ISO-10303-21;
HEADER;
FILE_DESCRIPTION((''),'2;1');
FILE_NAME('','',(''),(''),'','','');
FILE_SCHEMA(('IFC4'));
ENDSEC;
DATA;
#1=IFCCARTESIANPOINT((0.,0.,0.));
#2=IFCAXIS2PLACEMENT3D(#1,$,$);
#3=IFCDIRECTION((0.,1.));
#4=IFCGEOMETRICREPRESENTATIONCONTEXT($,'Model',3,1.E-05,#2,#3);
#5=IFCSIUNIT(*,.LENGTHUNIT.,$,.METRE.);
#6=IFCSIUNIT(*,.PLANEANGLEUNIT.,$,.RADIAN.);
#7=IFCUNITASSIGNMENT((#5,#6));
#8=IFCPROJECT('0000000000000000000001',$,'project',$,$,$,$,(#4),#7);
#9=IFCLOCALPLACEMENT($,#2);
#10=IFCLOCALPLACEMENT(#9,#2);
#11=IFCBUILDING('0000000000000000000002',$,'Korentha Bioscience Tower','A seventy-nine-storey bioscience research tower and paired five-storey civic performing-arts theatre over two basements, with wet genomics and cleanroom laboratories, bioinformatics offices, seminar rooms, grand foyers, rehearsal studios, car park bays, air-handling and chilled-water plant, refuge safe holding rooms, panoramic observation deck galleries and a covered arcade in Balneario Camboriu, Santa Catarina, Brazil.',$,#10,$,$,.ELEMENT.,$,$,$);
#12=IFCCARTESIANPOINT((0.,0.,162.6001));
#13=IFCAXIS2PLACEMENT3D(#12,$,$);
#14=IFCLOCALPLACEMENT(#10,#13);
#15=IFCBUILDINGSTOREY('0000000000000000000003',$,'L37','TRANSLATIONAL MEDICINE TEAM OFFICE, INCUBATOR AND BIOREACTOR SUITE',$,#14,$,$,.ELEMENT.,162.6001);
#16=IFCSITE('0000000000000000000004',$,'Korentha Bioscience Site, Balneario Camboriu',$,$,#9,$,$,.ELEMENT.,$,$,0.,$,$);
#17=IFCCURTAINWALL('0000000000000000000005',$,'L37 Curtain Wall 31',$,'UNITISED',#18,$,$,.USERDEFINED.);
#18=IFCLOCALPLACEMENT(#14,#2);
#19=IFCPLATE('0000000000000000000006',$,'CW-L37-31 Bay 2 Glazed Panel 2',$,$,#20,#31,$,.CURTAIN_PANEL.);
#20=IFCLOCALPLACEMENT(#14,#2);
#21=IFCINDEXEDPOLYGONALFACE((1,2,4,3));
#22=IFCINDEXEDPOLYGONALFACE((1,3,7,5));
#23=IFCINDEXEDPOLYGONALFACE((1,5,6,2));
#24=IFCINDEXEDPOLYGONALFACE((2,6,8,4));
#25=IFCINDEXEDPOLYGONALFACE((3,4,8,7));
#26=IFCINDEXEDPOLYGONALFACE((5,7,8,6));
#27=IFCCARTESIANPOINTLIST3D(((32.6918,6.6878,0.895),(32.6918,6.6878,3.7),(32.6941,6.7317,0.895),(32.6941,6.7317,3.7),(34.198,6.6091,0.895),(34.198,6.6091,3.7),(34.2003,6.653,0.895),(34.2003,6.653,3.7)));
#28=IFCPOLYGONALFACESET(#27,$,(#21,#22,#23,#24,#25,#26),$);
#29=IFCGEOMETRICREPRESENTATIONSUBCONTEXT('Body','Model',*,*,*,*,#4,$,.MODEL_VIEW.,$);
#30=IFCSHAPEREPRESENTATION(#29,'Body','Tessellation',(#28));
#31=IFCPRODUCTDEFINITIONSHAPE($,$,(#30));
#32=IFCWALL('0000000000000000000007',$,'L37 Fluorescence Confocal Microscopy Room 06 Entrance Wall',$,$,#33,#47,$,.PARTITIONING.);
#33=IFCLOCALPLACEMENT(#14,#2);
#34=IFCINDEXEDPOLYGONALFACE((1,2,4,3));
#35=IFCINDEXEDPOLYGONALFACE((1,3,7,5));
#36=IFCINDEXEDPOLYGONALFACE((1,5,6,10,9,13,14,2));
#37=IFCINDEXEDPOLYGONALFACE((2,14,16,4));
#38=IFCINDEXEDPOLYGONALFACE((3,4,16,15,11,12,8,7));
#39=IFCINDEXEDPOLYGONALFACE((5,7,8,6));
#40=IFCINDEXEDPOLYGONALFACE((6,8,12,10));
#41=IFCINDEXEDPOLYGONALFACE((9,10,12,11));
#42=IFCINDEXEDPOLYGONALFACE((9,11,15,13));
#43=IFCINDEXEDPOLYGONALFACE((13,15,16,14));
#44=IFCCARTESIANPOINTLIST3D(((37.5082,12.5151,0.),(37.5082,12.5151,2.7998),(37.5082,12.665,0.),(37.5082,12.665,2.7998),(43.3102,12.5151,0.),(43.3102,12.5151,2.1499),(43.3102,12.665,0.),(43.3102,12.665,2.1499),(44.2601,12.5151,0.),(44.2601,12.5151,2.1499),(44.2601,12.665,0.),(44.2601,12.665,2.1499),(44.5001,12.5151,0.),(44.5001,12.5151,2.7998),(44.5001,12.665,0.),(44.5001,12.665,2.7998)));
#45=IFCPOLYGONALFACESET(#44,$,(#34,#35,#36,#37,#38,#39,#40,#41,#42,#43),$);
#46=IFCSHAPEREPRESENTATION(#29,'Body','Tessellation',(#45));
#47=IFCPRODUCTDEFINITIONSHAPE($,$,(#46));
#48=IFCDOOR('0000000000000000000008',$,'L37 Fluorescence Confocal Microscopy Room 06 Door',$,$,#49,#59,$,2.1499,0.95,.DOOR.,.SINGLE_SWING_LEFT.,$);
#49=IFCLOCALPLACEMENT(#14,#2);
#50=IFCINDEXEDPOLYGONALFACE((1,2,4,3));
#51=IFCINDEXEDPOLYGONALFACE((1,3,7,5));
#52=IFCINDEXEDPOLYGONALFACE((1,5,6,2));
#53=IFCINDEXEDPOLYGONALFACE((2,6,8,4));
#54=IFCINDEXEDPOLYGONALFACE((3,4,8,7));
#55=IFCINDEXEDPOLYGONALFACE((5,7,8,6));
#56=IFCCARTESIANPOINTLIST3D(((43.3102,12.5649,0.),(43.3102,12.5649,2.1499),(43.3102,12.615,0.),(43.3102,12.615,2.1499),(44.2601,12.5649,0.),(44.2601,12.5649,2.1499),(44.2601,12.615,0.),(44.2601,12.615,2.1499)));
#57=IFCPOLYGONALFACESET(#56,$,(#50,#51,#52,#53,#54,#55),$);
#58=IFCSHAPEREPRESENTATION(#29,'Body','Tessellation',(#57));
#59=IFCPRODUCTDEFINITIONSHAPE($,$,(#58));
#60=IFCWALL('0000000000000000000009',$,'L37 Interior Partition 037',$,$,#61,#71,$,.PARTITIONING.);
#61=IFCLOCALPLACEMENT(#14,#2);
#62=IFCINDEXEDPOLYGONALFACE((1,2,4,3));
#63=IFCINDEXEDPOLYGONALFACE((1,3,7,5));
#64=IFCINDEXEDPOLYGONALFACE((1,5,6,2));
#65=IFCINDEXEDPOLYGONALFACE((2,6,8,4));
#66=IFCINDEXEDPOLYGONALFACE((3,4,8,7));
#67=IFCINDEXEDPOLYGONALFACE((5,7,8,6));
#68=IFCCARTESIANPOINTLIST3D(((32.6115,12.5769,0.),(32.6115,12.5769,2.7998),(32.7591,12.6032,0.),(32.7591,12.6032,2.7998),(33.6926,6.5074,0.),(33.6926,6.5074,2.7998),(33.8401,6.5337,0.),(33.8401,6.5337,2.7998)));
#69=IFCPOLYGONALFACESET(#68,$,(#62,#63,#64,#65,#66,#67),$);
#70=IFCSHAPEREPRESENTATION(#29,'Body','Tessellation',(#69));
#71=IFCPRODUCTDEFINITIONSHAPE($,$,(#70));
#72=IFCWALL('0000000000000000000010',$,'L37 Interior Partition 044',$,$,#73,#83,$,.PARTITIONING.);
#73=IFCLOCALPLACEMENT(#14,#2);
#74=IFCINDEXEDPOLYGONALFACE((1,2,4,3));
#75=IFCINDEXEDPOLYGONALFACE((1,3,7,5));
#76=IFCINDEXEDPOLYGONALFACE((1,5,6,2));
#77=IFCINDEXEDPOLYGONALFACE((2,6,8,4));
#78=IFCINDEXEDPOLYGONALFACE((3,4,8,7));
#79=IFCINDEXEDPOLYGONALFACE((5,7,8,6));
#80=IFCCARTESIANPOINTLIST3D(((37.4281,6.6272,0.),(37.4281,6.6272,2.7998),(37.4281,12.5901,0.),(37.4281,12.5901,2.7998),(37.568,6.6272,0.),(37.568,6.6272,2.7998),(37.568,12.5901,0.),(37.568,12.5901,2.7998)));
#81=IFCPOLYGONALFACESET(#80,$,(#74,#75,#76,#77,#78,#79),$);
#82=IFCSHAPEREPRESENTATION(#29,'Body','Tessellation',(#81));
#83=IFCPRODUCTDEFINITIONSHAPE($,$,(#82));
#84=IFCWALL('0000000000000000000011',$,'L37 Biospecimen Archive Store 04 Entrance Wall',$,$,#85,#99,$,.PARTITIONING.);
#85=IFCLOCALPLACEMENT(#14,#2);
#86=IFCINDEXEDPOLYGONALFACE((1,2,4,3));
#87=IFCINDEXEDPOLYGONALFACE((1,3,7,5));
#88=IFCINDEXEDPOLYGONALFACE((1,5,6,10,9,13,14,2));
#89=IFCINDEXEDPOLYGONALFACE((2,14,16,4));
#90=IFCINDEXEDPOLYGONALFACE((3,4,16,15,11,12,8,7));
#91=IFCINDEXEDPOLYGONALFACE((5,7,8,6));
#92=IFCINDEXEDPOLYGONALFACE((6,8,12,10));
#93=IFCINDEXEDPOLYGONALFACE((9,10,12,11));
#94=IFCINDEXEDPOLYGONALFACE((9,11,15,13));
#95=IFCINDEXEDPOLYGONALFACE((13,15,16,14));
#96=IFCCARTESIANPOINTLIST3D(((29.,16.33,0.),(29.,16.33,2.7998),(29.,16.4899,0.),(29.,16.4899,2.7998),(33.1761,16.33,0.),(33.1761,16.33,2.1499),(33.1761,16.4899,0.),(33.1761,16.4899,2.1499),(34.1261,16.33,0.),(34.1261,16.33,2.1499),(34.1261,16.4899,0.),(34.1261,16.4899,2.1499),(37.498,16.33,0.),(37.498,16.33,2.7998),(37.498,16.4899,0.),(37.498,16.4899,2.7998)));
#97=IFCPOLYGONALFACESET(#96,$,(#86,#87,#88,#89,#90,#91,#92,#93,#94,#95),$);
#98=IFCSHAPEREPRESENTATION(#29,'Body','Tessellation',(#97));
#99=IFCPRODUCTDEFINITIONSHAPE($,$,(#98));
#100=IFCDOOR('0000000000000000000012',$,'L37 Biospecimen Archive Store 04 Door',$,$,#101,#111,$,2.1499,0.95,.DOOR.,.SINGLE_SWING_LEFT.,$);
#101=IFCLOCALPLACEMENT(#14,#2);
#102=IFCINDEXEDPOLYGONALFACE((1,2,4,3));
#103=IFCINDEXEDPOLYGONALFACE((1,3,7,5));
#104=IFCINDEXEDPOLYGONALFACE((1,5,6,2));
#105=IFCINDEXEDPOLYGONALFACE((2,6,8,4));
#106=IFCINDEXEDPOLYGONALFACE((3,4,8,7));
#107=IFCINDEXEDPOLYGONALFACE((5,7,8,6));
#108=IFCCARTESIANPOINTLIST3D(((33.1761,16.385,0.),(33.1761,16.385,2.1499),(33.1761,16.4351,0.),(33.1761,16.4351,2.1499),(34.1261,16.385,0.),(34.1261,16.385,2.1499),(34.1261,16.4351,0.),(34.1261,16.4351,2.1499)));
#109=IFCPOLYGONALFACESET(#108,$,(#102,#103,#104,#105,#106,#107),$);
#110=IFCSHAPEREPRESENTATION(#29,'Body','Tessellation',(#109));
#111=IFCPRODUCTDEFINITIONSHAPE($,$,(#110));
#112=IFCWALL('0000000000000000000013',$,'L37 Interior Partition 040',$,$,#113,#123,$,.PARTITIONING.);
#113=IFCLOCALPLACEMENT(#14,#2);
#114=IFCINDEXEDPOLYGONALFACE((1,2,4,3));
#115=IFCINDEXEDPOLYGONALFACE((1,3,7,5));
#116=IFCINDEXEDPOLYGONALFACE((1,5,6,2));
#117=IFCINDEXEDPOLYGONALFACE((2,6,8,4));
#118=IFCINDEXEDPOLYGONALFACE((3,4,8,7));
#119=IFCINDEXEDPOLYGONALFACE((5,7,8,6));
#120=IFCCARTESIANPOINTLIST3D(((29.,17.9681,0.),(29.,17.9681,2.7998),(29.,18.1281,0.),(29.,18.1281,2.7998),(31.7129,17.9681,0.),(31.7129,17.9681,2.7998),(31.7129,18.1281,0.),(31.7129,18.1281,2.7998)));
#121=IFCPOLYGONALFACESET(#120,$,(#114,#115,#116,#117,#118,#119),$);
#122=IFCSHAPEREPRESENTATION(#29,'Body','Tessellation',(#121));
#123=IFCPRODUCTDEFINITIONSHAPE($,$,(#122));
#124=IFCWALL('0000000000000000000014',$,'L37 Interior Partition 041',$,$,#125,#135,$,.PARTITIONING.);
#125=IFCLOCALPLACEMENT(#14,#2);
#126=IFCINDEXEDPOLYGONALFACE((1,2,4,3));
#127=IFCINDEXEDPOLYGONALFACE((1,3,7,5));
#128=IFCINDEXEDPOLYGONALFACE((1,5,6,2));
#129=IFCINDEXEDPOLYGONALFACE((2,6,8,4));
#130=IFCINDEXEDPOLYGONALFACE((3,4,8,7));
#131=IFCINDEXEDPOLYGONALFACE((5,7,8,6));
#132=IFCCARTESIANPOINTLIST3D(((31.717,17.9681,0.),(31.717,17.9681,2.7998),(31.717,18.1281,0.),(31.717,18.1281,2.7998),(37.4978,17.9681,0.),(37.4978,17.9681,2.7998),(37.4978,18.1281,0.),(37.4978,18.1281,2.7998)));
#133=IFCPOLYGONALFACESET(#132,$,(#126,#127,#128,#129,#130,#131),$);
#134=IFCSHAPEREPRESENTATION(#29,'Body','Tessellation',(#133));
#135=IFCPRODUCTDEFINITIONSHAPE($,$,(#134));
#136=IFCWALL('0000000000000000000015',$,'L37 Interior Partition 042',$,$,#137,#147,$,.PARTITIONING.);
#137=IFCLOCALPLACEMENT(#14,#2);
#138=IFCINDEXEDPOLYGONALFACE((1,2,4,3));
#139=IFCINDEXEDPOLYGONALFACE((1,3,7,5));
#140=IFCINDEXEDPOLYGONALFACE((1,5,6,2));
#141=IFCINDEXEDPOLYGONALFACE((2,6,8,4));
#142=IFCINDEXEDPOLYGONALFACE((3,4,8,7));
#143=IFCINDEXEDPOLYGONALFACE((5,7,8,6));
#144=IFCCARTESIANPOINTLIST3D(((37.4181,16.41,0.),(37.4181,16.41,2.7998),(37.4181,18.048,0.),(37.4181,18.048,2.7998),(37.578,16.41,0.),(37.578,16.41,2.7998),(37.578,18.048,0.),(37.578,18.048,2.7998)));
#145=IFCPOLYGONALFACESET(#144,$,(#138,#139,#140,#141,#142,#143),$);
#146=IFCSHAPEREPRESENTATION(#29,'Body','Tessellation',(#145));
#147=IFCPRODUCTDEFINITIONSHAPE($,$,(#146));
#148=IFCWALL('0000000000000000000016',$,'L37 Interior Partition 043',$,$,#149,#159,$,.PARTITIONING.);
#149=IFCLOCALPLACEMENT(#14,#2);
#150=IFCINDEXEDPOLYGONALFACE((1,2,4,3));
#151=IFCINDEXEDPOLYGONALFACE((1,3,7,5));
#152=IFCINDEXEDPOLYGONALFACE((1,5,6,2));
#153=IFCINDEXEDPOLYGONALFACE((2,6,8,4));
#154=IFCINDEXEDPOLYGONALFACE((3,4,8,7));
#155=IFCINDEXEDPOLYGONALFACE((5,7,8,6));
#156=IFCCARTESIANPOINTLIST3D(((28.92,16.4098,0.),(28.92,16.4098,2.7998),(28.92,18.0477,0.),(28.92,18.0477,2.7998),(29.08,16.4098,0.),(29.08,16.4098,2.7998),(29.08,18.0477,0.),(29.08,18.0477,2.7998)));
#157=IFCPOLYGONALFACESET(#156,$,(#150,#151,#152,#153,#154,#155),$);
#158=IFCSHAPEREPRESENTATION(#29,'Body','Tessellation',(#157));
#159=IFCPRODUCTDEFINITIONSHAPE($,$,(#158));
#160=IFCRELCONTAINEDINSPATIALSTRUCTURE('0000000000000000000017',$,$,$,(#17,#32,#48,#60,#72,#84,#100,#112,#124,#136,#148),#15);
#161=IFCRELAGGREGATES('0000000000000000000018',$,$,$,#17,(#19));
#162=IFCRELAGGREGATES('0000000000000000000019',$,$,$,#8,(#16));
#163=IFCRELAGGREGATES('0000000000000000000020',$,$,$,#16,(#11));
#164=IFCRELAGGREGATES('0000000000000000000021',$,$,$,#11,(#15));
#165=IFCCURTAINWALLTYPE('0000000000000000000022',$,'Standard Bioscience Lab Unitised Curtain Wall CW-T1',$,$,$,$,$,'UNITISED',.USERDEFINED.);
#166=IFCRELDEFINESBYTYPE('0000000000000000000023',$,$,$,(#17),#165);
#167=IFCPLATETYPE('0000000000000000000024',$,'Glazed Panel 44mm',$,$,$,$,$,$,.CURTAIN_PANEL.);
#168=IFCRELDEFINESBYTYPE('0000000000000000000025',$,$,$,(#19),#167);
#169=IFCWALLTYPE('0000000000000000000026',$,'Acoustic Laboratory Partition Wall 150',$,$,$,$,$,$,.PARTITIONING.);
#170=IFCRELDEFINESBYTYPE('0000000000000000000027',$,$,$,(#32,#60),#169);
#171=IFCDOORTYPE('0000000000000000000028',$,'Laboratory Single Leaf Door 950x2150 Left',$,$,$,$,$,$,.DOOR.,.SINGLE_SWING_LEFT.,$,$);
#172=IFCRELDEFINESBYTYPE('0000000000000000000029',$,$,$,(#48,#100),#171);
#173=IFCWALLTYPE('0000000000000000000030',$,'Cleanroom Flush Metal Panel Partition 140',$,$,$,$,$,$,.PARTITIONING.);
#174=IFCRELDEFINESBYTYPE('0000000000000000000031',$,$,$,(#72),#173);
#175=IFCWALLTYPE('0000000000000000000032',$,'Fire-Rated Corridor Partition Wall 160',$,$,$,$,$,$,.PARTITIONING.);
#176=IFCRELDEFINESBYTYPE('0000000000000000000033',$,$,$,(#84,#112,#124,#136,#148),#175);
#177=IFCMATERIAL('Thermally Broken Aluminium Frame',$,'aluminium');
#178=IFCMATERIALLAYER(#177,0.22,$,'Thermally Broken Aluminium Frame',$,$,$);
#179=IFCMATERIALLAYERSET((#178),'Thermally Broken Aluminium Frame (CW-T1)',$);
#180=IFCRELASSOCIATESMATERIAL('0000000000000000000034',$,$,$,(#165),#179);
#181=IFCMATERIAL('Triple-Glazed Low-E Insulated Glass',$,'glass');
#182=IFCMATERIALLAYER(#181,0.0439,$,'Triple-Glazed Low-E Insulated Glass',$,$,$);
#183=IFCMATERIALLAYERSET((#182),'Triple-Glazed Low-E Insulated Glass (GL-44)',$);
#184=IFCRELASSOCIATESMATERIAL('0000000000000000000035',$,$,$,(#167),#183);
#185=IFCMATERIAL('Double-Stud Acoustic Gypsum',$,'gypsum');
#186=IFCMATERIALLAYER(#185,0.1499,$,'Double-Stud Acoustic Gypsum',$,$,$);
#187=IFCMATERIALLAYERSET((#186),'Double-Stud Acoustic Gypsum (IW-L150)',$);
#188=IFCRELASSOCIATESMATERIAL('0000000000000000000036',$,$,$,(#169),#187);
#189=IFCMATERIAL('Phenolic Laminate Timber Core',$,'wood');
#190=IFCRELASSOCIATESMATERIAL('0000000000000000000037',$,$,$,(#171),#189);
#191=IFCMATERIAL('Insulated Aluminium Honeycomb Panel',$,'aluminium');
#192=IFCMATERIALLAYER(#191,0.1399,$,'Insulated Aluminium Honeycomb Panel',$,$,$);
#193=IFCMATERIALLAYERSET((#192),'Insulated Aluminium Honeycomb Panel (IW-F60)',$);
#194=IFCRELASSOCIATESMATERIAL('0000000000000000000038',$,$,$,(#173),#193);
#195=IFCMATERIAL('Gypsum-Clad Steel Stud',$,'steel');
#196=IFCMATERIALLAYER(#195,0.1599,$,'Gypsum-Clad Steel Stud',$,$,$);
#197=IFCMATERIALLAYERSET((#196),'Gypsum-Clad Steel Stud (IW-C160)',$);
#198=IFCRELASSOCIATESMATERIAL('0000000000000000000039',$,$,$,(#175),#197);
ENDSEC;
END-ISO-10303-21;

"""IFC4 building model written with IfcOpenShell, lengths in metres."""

from ifc_helpers import new_model, si_unit, direction, frame, frame_2d, origin, origin_2d, place, context, subcontext, project, spatial, rectangle, extrude, material, layer, layer_set, type_object, element, fill, aggregate, save


model = new_model("IFC4")

# Units and contexts
model_context = context("Model", 3, precision=1e-05, world=origin(), true_north=direction((0.0, 1.0)))
body_context = subcontext(model_context, "Body", "Model", "MODEL_VIEW")
ifc_project = project(units=[si_unit("LENGTHUNIT", "METRE"), si_unit("PLANEANGLEUNIT", "RADIAN")], contexts=[model_context])

# Site, building, storey
site_placement = place(None, origin())
site = spatial("IfcSite", under=ifc_project, at=site_placement, Name="Korentha Bioscience Site, Balneario Camboriu", CompositionType="ELEMENT", RefElevation=0.0)
building_placement = place(site_placement, origin())
building = spatial("IfcBuilding", under=site, at=building_placement, Name="Korentha Bioscience Tower", Description="A seventy-nine-storey bioscience research tower and paired five-storey civic performing-arts theatre over two basements, with wet genomics and cleanroom laboratories, bioinformatics offices, seminar rooms, grand foyers, rehearsal studios, car park bays, air-handling and chilled-water plant, refuge safe holding rooms, panoramic observation deck galleries and a covered arcade in Balneario Camboriu, Santa Catarina, Brazil.", CompositionType="ELEMENT")
storey_placement = place(building_placement, frame((0.0, 0.0, 162.6001)))
storey = spatial("IfcBuildingStorey", under=building, at=storey_placement, Name="L37", Description="TRANSLATIONAL MEDICINE TEAM OFFICE, INCUBATOR AND BIOREACTOR SUITE", CompositionType="ELEMENT", Elevation=162.6001)

# Curtain wall
ifc_material_1 = material(Name="Thermally Broken Aluminium Frame", Category="aluminium")
ifc_layer_1 = layer(ifc_material_1, 0.22, Name="Thermally Broken Aluminium Frame")
ifc_layer_set_1 = layer_set([ifc_layer_1], Name="Thermally Broken Aluminium Frame (CW-T1)")
curtain_wall_type = type_object("IfcCurtainWallType", Name="Standard Bioscience Lab Unitised Curtain Wall CW-T1", ElementType="UNITISED", PredefinedType="USERDEFINED", material=ifc_layer_set_1)
curtain_wall_placement = place(storey_placement, origin())
curtain_wall = element("IfcCurtainWall", 1, at=curtain_wall_placement, inside=storey, type_object=curtain_wall_type, Name="L37 Curtain Wall 31", ObjectType="UNITISED", PredefinedType="USERDEFINED")

# Plate
ifc_material_2 = material(Name="Triple-Glazed Low-E Insulated Glass", Category="glass")
ifc_layer_2 = layer(ifc_material_2, 0.0439, Name="Triple-Glazed Low-E Insulated Glass")
ifc_layer_set_2 = layer_set([ifc_layer_2], Name="Triple-Glazed Low-E Insulated Glass (GL-44)")
plate_type = type_object("IfcPlateType", Name="Glazed Panel 44mm", PredefinedType="CURTAIN_PANEL", material=ifc_layer_set_2)
plate_1_placement = place(storey_placement, frame((33.446, 6.6704, 0.895), z_axis=(0.0, 0.0, 1.0), x_axis=(0.998638, -0.05218, 0.0)))
plate_1 = element("IfcPlate", 2, at=plate_1_placement, type_object=plate_type, Name="CW-L37-31 Bay 2 Glazed Panel 2", PredefinedType="CURTAIN_PANEL", context=body_context, shape_type="SweptSolid", body=[
    extrude(rectangle(XDim=1.5083, YDim=0.0439, at=origin_2d()), origin(), (0.0, 0.0, 1.0), 2.8049),
])
aggregate(curtain_wall, [plate_1])

# Wall, opening, door
ifc_material_3 = material(Name="Double-Stud Acoustic Gypsum", Category="gypsum")
ifc_layer_3 = layer(ifc_material_3, 0.1499, Name="Double-Stud Acoustic Gypsum")
ifc_layer_set_3 = layer_set([ifc_layer_3], Name="Double-Stud Acoustic Gypsum (IW-L150)")
wall_type_1 = type_object("IfcWallType", Name="Acoustic Laboratory Partition Wall 150", PredefinedType="PARTITIONING", material=ifc_layer_set_3)
wall_1_placement = place(storey_placement, frame((37.5081, 12.5901, 0.0), z_axis=(0.0, 0.0, 1.0), x_axis=(1.0, 0.0, 0.0)))
wall_1 = element("IfcWall", 3, at=wall_1_placement, inside=storey, type_object=wall_type_1, Name="L37 Fluorescence Confocal Microscopy Room 06 Entrance Wall", PredefinedType="PARTITIONING", context=body_context, shape_type="SweptSolid", body=[
    extrude(rectangle(XDim=6.9919, YDim=0.1499, at=frame_2d((3.4961, 0.0))), origin(), (0.0, 0.0, 1.0), 2.7998),
])
opening_1_placement = place(wall_1_placement, frame((5.802, 0.0, 0.0)))
opening_1 = element("IfcOpeningElement", 4, at=opening_1_placement, cuts=wall_1, PredefinedType="OPENING", context=body_context, shape_type="SweptSolid", body=[
    extrude(rectangle(XDim=0.95, YDim=2.1499, at=frame_2d((0.4751, 1.075))), frame((0.0, 0.0898, 0.0), z_axis=(0.0, -1.0, 0.0), x_axis=(1.0, 0.0, 0.0)), (0.0, 0.0, 1.0), 0.1797),
])
ifc_material_4 = material(Name="Phenolic Laminate Timber Core", Category="wood")
door_type_1 = type_object("IfcDoorType", Name="Laboratory Single Leaf Door 950x2150 Left", OperationType="SINGLE_SWING_LEFT", PredefinedType="DOOR", material=ifc_material_4)
door_1_placement = place(opening_1_placement, origin())
door_1 = element("IfcDoor", 5, at=door_1_placement, inside=storey, type_object=door_type_1, Name="L37 Fluorescence Confocal Microscopy Room 06 Door", OperationType="SINGLE_SWING_LEFT", OverallHeight=2.1499, OverallWidth=0.95, PredefinedType="DOOR", context=body_context, shape_type="SweptSolid", body=[
    extrude(rectangle(XDim=0.95, YDim=2.1499, at=frame_2d((0.4751, 1.075))), frame((0.0, 0.0249, 0.0), z_axis=(0.0, -1.0, 0.0), x_axis=(1.0, 0.0, 0.0)), (0.0, 0.0, 1.0), 0.05),
])
fill(opening_1, door_1)

# Wall
wall_2_placement = place(storey_placement, frame((32.6853, 12.5901, 0.0), z_axis=(0.0, 0.0, 1.0), x_axis=(0.175351, -0.984506, 0.0)))
element("IfcWall", 6, at=wall_2_placement, inside=storey, type_object=wall_type_1, Name="L37 Interior Partition 037", PredefinedType="PARTITIONING", context=body_context, shape_type="SweptSolid", body=[
    extrude(rectangle(XDim=6.165, YDim=0.1499, at=frame_2d((3.0825, 0.0))), origin(), (0.0, 0.0, 1.0), 2.7998),
])

# Shared definitions
ifc_material_5 = material(Name="Insulated Aluminium Honeycomb Panel", Category="aluminium")
ifc_layer_4 = layer(ifc_material_5, 0.1399, Name="Insulated Aluminium Honeycomb Panel")
ifc_layer_set_4 = layer_set([ifc_layer_4], Name="Insulated Aluminium Honeycomb Panel (IW-F60)")
wall_type_2 = type_object("IfcWallType", Name="Cleanroom Flush Metal Panel Partition 140", PredefinedType="PARTITIONING", material=ifc_layer_set_4)

# Wall
wall_3_placement = place(storey_placement, frame((37.498, 12.5901, 0.0), z_axis=(0.0, 0.0, 1.0), x_axis=(0.0, -1.0, 0.0)))
element("IfcWall", 7, at=wall_3_placement, inside=storey, type_object=wall_type_2, Name="L37 Interior Partition 044", PredefinedType="PARTITIONING", context=body_context, shape_type="SweptSolid", body=[
    extrude(rectangle(XDim=5.9629, YDim=0.1399, at=frame_2d((2.9814, 0.0))), origin(), (0.0, 0.0, 1.0), 2.7998),
])

# Wall, opening, door
ifc_material_6 = material(Name="Gypsum-Clad Steel Stud", Category="steel")
ifc_layer_5 = layer(ifc_material_6, 0.1599, Name="Gypsum-Clad Steel Stud")
ifc_layer_set_5 = layer_set([ifc_layer_5], Name="Gypsum-Clad Steel Stud (IW-C160)")
wall_type_3 = type_object("IfcWallType", Name="Fire-Rated Corridor Partition Wall 160", PredefinedType="PARTITIONING", material=ifc_layer_set_5)
wall_4_placement = place(storey_placement, frame((37.498, 16.4099, 0.0), z_axis=(0.0, 0.0, 1.0), x_axis=(-1.0, 0.0, 0.0)))
wall_4 = element("IfcWall", 8, at=wall_4_placement, inside=storey, type_object=wall_type_3, Name="L37 Biospecimen Archive Store 04 Entrance Wall", PredefinedType="PARTITIONING", context=body_context, shape_type="SweptSolid", body=[
    extrude(rectangle(XDim=8.498, YDim=0.1599, at=frame_2d((4.249, 0.0))), origin(), (0.0, 0.0, 1.0), 2.7998),
])
opening_2_placement = place(wall_4_placement, frame((3.3718, 0.0, 0.0)))
opening_2 = element("IfcOpeningElement", 9, at=opening_2_placement, cuts=wall_4, PredefinedType="OPENING", context=body_context, shape_type="SweptSolid", body=[
    extrude(rectangle(XDim=0.95, YDim=2.1499, at=frame_2d((0.4751, 1.075))), frame((0.0, 0.0947, 0.0), z_axis=(0.0, -1.0, 0.0), x_axis=(1.0, 0.0, 0.0)), (0.0, 0.0, 1.0), 0.1897),
])
door_2_placement = place(opening_2_placement, origin())
door_2 = element("IfcDoor", 10, at=door_2_placement, inside=storey, type_object=door_type_1, Name="L37 Biospecimen Archive Store 04 Door", OperationType="SINGLE_SWING_LEFT", OverallHeight=2.1499, OverallWidth=0.95, PredefinedType="DOOR", context=body_context, shape_type="SweptSolid", body=[
    extrude(rectangle(XDim=0.95, YDim=2.1499, at=frame_2d((0.4751, 1.075))), frame((0.0, 0.0249, 0.0), z_axis=(0.0, -1.0, 0.0), x_axis=(1.0, 0.0, 0.0)), (0.0, 0.0, 1.0), 0.05),
])
fill(opening_2, door_2)

# Walls
wall_5_placement = place(storey_placement, frame((29.0, 18.0481, 0.0), z_axis=(0.0, 0.0, 1.0), x_axis=(1.0, 0.0, 0.0)))
element("IfcWall", 11, at=wall_5_placement, inside=storey, type_object=wall_type_3, Name="L37 Interior Partition 040", PredefinedType="PARTITIONING", context=body_context, shape_type="SweptSolid", body=[
    extrude(rectangle(XDim=2.7129, YDim=0.1599, at=frame_2d((1.3564, 0.0))), origin(), (0.0, 0.0, 1.0), 2.7998),
])
wall_6_placement = place(storey_placement, frame((31.717, 18.0481, 0.0), z_axis=(0.0, 0.0, 1.0), x_axis=(1.0, 0.0, 0.0)))
element("IfcWall", 12, at=wall_6_placement, inside=storey, type_object=wall_type_3, Name="L37 Interior Partition 041", PredefinedType="PARTITIONING", context=body_context, shape_type="SweptSolid", body=[
    extrude(rectangle(XDim=5.7808, YDim=0.1599, at=frame_2d((2.8904, 0.0))), origin(), (0.0, 0.0, 1.0), 2.7998),
])
for number, where, z_axis, x_axis, name in (
    (13, (37.498, 18.0479, 0.0), (0.0, 0.0, 1.0), (0.0, -1.0, 0.0), "L37 Interior Partition 042"),
    (14, (29.0, 16.4099, 0.0), (0.0, 0.0, 1.0), (0.0, 1.0, 0.0), "L37 Interior Partition 043"),
):
    element("IfcWall", number, at=place(storey_placement, frame(where, z_axis=z_axis, x_axis=x_axis)), inside=storey, type_object=wall_type_3, Name=name, PredefinedType="PARTITIONING", context=body_context, shape_type="SweptSolid", body=[
        extrude(rectangle(XDim=1.6379, YDim=0.1599, at=frame_2d((0.8188, 0.0))), origin(), (0.0, 0.0, 1.0), 2.7998),
    ])

save(model, "model.ifc")
